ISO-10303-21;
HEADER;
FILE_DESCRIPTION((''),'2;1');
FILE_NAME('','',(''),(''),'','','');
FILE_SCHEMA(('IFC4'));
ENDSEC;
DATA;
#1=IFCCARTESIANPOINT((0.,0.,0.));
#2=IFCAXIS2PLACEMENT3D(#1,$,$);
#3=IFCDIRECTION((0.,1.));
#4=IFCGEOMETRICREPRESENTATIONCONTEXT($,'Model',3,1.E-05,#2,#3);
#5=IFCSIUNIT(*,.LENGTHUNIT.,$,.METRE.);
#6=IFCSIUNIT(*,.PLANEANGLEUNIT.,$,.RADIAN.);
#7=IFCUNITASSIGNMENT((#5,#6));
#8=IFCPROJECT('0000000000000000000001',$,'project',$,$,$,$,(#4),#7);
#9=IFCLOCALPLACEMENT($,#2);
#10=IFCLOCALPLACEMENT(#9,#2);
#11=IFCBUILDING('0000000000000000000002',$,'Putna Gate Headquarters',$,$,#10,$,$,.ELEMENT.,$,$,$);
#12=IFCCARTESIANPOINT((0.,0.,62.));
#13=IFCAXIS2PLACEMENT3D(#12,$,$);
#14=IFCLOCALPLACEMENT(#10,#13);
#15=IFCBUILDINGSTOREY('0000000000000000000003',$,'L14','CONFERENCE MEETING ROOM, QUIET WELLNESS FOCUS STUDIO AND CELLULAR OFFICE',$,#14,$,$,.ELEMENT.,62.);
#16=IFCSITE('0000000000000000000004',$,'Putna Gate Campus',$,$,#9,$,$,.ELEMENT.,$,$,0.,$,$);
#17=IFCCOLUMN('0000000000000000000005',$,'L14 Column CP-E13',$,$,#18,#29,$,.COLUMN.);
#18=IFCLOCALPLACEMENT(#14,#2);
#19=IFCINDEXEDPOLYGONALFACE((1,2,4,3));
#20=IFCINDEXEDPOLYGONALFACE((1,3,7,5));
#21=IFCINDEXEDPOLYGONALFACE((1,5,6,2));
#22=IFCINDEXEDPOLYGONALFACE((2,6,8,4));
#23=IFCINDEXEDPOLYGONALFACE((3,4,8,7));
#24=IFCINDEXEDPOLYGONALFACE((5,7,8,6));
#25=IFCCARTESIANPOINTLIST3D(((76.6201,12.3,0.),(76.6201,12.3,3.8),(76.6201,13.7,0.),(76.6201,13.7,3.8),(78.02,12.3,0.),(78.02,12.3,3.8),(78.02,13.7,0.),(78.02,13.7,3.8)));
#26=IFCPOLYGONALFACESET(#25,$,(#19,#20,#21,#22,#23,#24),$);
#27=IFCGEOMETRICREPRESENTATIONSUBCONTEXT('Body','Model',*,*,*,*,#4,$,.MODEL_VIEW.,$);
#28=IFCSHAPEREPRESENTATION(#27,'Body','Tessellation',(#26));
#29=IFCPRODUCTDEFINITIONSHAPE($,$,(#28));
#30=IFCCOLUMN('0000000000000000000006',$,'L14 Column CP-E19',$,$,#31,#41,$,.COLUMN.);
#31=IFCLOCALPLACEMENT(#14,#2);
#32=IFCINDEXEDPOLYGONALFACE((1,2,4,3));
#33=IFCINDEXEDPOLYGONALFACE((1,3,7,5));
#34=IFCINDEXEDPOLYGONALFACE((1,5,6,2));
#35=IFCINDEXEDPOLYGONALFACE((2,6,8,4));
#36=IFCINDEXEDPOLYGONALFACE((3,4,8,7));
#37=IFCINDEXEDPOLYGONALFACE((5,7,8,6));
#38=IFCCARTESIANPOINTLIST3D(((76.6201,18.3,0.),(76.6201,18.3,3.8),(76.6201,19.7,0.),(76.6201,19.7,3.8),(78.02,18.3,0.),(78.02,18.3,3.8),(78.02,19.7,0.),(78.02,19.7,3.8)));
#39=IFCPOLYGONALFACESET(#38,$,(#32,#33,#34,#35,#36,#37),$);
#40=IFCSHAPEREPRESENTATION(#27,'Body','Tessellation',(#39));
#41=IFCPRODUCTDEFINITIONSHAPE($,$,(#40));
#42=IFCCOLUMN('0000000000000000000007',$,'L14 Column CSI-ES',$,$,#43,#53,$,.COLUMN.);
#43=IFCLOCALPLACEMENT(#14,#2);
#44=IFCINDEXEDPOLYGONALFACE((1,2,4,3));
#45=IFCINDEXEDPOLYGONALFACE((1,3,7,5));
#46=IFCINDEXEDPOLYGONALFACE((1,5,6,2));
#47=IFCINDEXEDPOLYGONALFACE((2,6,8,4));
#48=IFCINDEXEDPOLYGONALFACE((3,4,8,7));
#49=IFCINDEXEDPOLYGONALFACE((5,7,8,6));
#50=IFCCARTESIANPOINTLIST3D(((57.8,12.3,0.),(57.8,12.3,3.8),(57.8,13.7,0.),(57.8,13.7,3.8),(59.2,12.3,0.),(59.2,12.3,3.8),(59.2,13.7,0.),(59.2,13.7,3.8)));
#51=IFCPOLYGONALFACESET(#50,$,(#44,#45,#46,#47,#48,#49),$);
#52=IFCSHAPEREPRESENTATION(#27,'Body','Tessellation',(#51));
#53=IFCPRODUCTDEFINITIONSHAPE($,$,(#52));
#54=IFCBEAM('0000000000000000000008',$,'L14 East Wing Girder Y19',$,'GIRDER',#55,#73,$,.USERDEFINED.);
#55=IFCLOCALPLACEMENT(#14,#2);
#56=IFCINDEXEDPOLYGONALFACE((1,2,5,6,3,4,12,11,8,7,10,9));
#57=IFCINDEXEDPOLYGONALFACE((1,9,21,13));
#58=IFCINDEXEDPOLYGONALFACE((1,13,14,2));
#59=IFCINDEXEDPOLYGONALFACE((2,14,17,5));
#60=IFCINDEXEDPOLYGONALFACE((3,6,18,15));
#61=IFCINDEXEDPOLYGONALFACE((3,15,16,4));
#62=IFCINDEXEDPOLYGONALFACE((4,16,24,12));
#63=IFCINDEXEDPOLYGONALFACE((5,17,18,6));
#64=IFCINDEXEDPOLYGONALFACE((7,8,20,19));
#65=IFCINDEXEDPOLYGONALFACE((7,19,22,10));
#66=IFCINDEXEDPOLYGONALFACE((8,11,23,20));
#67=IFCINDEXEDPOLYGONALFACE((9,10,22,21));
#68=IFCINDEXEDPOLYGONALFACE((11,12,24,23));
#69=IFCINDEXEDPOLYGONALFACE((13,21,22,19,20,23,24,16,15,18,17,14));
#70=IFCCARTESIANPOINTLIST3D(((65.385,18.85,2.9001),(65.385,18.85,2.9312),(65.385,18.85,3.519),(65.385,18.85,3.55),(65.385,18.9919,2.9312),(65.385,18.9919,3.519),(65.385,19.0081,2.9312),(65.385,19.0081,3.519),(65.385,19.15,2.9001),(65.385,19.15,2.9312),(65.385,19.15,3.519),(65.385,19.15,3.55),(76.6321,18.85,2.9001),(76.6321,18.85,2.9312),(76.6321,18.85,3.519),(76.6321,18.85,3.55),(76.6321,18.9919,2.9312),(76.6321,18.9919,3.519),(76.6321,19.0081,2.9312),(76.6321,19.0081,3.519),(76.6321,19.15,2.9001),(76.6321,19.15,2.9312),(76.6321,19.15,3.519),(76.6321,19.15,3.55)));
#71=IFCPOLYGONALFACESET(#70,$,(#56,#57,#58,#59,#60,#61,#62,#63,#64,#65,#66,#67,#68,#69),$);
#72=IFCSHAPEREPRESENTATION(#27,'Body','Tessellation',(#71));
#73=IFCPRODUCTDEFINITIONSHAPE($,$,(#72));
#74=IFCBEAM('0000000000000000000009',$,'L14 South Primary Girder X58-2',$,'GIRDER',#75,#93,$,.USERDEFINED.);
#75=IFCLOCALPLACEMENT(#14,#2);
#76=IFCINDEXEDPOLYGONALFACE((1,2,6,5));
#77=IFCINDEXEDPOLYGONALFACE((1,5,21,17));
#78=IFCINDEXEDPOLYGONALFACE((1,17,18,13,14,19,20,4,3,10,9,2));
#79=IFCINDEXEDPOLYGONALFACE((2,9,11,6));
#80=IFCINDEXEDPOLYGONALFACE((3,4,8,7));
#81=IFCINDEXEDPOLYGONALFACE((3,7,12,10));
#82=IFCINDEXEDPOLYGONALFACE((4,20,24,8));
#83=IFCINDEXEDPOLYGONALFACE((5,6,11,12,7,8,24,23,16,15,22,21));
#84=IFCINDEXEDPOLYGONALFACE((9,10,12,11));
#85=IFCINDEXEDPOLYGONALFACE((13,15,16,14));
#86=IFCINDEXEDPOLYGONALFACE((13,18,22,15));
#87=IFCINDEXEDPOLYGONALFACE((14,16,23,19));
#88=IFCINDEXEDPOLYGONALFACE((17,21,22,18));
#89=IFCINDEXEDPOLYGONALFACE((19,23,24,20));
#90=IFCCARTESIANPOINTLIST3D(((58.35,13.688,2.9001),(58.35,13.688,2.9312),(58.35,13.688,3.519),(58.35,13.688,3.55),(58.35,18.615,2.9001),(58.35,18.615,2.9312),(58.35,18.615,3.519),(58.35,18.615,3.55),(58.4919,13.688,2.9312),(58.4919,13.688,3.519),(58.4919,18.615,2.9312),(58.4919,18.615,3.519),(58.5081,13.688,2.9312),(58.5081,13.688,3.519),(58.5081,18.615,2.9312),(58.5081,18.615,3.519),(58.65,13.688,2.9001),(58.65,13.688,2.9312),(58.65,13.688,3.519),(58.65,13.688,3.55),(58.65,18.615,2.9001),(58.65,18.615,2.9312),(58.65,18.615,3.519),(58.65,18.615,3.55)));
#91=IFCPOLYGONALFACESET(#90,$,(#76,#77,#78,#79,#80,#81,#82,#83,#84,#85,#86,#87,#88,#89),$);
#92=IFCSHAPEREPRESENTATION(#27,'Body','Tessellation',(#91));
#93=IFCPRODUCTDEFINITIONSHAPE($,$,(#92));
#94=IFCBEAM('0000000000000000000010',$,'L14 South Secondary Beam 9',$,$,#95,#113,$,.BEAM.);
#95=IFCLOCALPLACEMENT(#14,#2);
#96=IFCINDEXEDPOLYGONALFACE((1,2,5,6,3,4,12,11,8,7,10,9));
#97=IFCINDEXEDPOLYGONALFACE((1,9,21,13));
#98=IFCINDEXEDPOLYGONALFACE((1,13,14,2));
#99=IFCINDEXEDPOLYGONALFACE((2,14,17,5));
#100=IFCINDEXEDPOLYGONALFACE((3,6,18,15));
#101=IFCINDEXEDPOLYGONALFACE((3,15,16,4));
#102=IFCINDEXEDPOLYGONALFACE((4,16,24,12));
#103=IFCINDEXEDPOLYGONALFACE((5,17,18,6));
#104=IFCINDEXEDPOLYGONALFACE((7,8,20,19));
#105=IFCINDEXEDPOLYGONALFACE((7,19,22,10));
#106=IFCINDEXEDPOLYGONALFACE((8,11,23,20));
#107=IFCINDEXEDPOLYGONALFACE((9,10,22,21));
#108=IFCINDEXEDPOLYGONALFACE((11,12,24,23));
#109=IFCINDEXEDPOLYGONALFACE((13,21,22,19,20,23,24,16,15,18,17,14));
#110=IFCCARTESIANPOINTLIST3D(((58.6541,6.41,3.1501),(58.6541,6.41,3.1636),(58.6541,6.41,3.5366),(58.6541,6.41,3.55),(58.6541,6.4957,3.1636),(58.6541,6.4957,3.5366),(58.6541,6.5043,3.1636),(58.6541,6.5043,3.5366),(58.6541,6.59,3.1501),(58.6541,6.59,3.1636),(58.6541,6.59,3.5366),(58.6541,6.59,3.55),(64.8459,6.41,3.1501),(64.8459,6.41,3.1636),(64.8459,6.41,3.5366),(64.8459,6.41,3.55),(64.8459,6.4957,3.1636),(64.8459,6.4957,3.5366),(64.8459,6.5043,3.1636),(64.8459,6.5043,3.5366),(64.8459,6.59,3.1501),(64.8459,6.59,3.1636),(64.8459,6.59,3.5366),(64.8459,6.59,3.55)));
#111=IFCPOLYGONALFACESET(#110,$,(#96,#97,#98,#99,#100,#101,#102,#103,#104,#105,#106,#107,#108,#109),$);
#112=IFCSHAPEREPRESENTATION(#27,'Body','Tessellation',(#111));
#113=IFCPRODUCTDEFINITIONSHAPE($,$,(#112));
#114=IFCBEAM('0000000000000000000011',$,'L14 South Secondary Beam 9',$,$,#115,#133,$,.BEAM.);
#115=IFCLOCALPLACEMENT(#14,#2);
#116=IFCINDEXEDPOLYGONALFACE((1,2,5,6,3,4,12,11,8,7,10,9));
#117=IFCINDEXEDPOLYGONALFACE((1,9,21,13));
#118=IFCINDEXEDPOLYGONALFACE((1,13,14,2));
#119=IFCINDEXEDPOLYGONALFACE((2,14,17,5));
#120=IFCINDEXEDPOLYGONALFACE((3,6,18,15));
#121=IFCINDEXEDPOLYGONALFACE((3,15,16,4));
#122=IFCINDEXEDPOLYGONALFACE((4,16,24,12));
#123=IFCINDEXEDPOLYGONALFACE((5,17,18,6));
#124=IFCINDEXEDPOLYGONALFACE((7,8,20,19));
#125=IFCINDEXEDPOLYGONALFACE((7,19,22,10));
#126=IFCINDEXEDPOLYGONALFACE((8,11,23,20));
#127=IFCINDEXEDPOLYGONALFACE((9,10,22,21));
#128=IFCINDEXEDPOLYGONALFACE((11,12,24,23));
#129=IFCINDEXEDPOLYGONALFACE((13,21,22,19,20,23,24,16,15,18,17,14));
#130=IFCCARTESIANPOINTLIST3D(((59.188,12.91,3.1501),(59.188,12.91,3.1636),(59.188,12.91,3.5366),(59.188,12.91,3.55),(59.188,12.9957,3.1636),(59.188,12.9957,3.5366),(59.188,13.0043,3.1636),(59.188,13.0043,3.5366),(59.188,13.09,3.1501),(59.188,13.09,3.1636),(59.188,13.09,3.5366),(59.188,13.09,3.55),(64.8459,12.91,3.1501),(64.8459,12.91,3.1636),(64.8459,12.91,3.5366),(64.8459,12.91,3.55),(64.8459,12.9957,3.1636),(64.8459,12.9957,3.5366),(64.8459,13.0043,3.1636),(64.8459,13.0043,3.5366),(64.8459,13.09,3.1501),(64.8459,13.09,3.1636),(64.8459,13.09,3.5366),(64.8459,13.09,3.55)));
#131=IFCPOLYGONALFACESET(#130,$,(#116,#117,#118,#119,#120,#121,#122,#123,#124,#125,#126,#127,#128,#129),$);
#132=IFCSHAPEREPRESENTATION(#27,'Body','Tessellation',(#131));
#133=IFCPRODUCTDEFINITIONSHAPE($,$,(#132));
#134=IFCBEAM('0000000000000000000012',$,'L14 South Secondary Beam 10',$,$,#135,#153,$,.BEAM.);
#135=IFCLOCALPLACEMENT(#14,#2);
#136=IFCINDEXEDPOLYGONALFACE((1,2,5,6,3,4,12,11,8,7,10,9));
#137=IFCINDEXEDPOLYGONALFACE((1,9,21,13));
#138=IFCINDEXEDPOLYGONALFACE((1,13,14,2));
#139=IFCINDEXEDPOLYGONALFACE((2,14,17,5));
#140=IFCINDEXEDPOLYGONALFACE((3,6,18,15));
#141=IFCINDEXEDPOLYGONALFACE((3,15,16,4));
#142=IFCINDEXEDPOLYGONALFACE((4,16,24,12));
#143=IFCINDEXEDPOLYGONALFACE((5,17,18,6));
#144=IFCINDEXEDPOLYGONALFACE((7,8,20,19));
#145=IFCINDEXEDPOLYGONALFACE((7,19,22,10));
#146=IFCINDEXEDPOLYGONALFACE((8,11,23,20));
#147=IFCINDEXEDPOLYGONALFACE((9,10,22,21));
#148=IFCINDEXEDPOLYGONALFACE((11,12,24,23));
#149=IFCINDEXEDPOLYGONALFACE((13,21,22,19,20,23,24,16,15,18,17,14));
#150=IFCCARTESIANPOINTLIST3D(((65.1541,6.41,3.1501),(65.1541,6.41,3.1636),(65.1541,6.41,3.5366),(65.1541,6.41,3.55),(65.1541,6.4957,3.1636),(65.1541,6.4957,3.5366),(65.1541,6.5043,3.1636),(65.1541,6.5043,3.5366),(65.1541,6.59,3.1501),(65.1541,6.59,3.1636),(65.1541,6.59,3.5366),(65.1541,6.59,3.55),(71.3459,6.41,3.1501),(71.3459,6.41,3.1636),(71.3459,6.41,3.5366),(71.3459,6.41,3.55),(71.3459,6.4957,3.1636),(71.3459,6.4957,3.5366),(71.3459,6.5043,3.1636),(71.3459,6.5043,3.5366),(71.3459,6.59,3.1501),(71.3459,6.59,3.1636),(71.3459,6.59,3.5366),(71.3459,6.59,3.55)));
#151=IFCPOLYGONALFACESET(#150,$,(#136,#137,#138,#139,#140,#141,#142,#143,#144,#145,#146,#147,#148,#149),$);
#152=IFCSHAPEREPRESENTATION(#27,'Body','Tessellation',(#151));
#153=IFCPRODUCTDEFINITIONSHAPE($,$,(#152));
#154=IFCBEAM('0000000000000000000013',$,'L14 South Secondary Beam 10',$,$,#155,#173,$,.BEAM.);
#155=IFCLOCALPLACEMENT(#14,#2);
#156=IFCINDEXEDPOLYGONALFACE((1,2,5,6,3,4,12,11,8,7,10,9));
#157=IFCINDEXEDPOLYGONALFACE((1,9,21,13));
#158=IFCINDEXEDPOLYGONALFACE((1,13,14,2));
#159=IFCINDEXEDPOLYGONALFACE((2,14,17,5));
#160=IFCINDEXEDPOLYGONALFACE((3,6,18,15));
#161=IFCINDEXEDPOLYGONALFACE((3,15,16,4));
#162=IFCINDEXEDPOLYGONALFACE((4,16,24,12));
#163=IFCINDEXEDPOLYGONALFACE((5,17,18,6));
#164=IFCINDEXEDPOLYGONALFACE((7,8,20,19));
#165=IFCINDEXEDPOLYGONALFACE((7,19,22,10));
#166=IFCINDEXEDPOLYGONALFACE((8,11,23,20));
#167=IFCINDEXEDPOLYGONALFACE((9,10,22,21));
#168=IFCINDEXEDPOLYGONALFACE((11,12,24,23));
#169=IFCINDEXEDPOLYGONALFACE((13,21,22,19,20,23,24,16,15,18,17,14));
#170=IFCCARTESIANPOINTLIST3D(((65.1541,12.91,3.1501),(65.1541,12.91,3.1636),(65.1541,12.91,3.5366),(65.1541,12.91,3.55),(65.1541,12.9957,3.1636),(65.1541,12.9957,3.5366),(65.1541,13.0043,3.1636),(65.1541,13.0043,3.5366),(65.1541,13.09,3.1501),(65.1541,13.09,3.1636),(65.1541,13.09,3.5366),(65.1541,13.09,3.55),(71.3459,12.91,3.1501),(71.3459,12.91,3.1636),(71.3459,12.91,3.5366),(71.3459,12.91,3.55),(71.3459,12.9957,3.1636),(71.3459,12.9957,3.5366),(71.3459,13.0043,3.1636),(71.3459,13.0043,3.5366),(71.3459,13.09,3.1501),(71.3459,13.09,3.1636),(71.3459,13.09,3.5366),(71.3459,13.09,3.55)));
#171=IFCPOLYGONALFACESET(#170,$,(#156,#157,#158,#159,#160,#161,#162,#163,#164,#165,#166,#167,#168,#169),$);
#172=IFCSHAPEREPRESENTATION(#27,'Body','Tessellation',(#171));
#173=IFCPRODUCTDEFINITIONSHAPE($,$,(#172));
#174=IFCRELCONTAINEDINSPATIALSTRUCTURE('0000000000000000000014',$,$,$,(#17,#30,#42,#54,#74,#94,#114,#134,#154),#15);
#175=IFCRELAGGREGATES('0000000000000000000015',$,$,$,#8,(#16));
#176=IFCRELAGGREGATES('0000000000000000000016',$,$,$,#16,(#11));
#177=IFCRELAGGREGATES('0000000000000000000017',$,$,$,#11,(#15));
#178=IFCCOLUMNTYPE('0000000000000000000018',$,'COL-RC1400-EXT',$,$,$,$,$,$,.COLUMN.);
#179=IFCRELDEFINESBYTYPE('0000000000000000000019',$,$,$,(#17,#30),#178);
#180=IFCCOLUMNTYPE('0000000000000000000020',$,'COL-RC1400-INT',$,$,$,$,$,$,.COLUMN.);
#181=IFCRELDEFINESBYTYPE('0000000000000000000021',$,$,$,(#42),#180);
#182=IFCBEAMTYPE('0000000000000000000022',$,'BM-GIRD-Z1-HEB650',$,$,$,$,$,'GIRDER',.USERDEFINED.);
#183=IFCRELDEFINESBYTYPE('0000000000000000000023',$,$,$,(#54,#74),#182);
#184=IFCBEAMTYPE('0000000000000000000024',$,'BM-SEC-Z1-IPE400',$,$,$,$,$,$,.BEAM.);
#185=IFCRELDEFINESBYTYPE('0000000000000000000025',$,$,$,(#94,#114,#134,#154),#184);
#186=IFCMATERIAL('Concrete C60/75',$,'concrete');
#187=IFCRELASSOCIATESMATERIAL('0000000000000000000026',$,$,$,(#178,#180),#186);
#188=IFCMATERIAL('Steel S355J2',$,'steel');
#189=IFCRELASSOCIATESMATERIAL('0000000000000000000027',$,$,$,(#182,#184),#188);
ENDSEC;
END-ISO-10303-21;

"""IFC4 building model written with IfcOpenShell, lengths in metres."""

from ifc_helpers import new_model, si_unit, direction, frame, origin, origin_2d, place, context, subcontext, project, spatial, rectangle, i_section, extrude, material, material_profile, profile_set, type_object, element, save


model = new_model("IFC4")

# Units and contexts
model_context = context("Model", 3, precision=1e-05, world=origin(), true_north=direction((0.0, 1.0)))
body_context = subcontext(model_context, "Body", "Model", "MODEL_VIEW")
ifc_project = project(units=[si_unit("LENGTHUNIT", "METRE"), si_unit("PLANEANGLEUNIT", "RADIAN")], contexts=[model_context])

# Site, building, storey
site_placement = place(None, origin())
site = spatial("IfcSite", under=ifc_project, at=site_placement, Name="Putna Gate Campus", CompositionType="ELEMENT", RefElevation=0.0)
building_placement = place(site_placement, origin())
building = spatial("IfcBuilding", under=site, at=building_placement, Name="Putna Gate Headquarters", CompositionType="ELEMENT")
storey_placement = place(building_placement, frame((0.0, 0.0, 62.0)))
storey = spatial("IfcBuildingStorey", under=building, at=storey_placement, Name="L14", Description="CONFERENCE MEETING ROOM, QUIET WELLNESS FOCUS STUDIO AND CELLULAR OFFICE", CompositionType="ELEMENT", Elevation=62.0)

# Columns
ifc_material_1 = material(Name="Concrete C60/75", Category="concrete")
ifc_material_profile_1 = material_profile(ifc_material_1, rectangle(XDim=1.3999, YDim=1.3999, at=origin_2d()), Name="Concrete C60/75")
ifc_profile_set_1 = profile_set([ifc_material_profile_1], Name="Concrete C60/75")
column_type_1 = type_object("IfcColumnType", Name="COL-RC1400-EXT", PredefinedType="COLUMN", material=ifc_profile_set_1)
for number, where, z_axis, x_axis, name in (
    (1, (77.3201, 13.0, 0.0), (0.0, 0.0, 1.0), (1.0, 0.0, 0.0), "L14 Column CP-E13"),
    (2, (77.3201, 19.0, 0.0), (0.0, 0.0, 1.0), (1.0, 0.0, 0.0), "L14 Column CP-E19"),
):
    element("IfcColumn", number, at=place(storey_placement, frame(where, z_axis=z_axis, x_axis=x_axis)), inside=storey, type_object=column_type_1, Name=name, PredefinedType="COLUMN", context=body_context, shape_type="SweptSolid", body=[
        extrude(rectangle(XDim=1.3999, YDim=1.3999, at=origin_2d()), origin(), (0.0, 0.0, 1.0), 3.8),
    ])
ifc_material_profile_2 = material_profile(ifc_material_1, rectangle(XDim=1.3999, YDim=1.3999, at=origin_2d()), Name="Concrete C60/75")
ifc_profile_set_2 = profile_set([ifc_material_profile_2], Name="Concrete C60/75")
column_type_2 = type_object("IfcColumnType", Name="COL-RC1400-INT", PredefinedType="COLUMN", material=ifc_profile_set_2)
column_placement = place(storey_placement, frame((58.5, 13.0, 0.0), z_axis=(0.0, 0.0, 1.0), x_axis=(1.0, 0.0, 0.0)))
element("IfcColumn", 3, at=column_placement, inside=storey, type_object=column_type_2, Name="L14 Column CSI-ES", PredefinedType="COLUMN", context=body_context, shape_type="SweptSolid", body=[
    extrude(rectangle(XDim=1.3999, YDim=1.3999, at=origin_2d()), origin(), (0.0, 0.0, 1.0), 3.8),
])

# Beams
ifc_material_2 = material(Name="Steel S355J2", Category="steel")
ifc_material_profile_3 = material_profile(ifc_material_2, i_section(OverallWidth=0.3, OverallDepth=0.6499, WebThickness=0.0161, FlangeThickness=0.031, at=origin_2d()), Name="Steel S355J2")
ifc_profile_set_3 = profile_set([ifc_material_profile_3], Name="Steel S355J2")
beam_type_1 = type_object("IfcBeamType", Name="BM-GIRD-Z1-HEB650", ElementType="GIRDER", PredefinedType="USERDEFINED", material=ifc_profile_set_3)
beam_1_placement = place(storey_placement, frame((65.385, 19.0, 3.2251), z_axis=(1.0, 0.0, 0.0), x_axis=(0.0, 1.0, 0.0)))
element("IfcBeam", 4, at=beam_1_placement, inside=storey, type_object=beam_type_1, Name="L14 East Wing Girder Y19", ObjectType="GIRDER", PredefinedType="USERDEFINED", context=body_context, shape_type="SweptSolid", body=[
    extrude(i_section(OverallWidth=0.3, OverallDepth=0.6499, WebThickness=0.0161, FlangeThickness=0.031, at=origin_2d()), origin(), (0.0, 0.0, 1.0), 11.2471),
])
beam_2_placement = place(storey_placement, frame((58.5, 13.688, 3.2251), z_axis=(0.0, 1.0, 0.0), x_axis=(-1.0, 0.0, 0.0)))
element("IfcBeam", 5, at=beam_2_placement, inside=storey, type_object=beam_type_1, Name="L14 South Primary Girder X58-2", ObjectType="GIRDER", PredefinedType="USERDEFINED", context=body_context, shape_type="SweptSolid", body=[
    extrude(i_section(OverallWidth=0.3, OverallDepth=0.6499, WebThickness=0.0161, FlangeThickness=0.031, at=origin_2d()), origin(), (0.0, 0.0, 1.0), 4.927),
])
ifc_material_profile_4 = material_profile(ifc_material_2, i_section(OverallWidth=0.1799, OverallDepth=0.3999, WebThickness=0.0085, FlangeThickness=0.0134, at=origin_2d()), Name="Steel S355J2")
ifc_profile_set_4 = profile_set([ifc_material_profile_4], Name="Steel S355J2")
beam_type_2 = type_object("IfcBeamType", Name="BM-SEC-Z1-IPE400", PredefinedType="BEAM", material=ifc_profile_set_4)
beam_3_placement = place(storey_placement, frame((58.6541, 6.5, 3.3501), z_axis=(1.0, 0.0, 0.0), x_axis=(0.0, 1.0, 0.0)))
element("IfcBeam", 6, at=beam_3_placement, inside=storey, type_object=beam_type_2, Name="L14 South Secondary Beam 9", PredefinedType="BEAM", context=body_context, shape_type="SweptSolid", body=[
    extrude(i_section(OverallWidth=0.1799, OverallDepth=0.3999, WebThickness=0.0085, FlangeThickness=0.0134, at=origin_2d()), origin(), (0.0, 0.0, 1.0), 6.1919),
])
beam_4_placement = place(storey_placement, frame((59.188, 13.0, 3.3501), z_axis=(1.0, 0.0, 0.0), x_axis=(0.0, 1.0, 0.0)))
element("IfcBeam", 7, at=beam_4_placement, inside=storey, type_object=beam_type_2, Name="L14 South Secondary Beam 9", PredefinedType="BEAM", context=body_context, shape_type="SweptSolid", body=[
    extrude(i_section(OverallWidth=0.1799, OverallDepth=0.3999, WebThickness=0.0085, FlangeThickness=0.0134, at=origin_2d()), origin(), (0.0, 0.0, 1.0), 5.658),
])
for number, where, z_axis, x_axis, name in (
    (8, (65.1541, 6.5, 3.3501), (1.0, 0.0, 0.0), (0.0, 1.0, 0.0), "L14 South Secondary Beam 10"),
    (9, (65.1541, 13.0, 3.3501), (1.0, 0.0, 0.0), (0.0, 1.0, 0.0), "L14 South Secondary Beam 10"),
):
    element("IfcBeam", number, at=place(storey_placement, frame(where, z_axis=z_axis, x_axis=x_axis)), inside=storey, type_object=beam_type_2, Name=name, PredefinedType="BEAM", context=body_context, shape_type="SweptSolid", body=[
        extrude(i_section(OverallWidth=0.1799, OverallDepth=0.3999, WebThickness=0.0085, FlangeThickness=0.0134, at=origin_2d()), origin(), (0.0, 0.0, 1.0), 6.1919),
    ])

save(model, "model.ifc")
